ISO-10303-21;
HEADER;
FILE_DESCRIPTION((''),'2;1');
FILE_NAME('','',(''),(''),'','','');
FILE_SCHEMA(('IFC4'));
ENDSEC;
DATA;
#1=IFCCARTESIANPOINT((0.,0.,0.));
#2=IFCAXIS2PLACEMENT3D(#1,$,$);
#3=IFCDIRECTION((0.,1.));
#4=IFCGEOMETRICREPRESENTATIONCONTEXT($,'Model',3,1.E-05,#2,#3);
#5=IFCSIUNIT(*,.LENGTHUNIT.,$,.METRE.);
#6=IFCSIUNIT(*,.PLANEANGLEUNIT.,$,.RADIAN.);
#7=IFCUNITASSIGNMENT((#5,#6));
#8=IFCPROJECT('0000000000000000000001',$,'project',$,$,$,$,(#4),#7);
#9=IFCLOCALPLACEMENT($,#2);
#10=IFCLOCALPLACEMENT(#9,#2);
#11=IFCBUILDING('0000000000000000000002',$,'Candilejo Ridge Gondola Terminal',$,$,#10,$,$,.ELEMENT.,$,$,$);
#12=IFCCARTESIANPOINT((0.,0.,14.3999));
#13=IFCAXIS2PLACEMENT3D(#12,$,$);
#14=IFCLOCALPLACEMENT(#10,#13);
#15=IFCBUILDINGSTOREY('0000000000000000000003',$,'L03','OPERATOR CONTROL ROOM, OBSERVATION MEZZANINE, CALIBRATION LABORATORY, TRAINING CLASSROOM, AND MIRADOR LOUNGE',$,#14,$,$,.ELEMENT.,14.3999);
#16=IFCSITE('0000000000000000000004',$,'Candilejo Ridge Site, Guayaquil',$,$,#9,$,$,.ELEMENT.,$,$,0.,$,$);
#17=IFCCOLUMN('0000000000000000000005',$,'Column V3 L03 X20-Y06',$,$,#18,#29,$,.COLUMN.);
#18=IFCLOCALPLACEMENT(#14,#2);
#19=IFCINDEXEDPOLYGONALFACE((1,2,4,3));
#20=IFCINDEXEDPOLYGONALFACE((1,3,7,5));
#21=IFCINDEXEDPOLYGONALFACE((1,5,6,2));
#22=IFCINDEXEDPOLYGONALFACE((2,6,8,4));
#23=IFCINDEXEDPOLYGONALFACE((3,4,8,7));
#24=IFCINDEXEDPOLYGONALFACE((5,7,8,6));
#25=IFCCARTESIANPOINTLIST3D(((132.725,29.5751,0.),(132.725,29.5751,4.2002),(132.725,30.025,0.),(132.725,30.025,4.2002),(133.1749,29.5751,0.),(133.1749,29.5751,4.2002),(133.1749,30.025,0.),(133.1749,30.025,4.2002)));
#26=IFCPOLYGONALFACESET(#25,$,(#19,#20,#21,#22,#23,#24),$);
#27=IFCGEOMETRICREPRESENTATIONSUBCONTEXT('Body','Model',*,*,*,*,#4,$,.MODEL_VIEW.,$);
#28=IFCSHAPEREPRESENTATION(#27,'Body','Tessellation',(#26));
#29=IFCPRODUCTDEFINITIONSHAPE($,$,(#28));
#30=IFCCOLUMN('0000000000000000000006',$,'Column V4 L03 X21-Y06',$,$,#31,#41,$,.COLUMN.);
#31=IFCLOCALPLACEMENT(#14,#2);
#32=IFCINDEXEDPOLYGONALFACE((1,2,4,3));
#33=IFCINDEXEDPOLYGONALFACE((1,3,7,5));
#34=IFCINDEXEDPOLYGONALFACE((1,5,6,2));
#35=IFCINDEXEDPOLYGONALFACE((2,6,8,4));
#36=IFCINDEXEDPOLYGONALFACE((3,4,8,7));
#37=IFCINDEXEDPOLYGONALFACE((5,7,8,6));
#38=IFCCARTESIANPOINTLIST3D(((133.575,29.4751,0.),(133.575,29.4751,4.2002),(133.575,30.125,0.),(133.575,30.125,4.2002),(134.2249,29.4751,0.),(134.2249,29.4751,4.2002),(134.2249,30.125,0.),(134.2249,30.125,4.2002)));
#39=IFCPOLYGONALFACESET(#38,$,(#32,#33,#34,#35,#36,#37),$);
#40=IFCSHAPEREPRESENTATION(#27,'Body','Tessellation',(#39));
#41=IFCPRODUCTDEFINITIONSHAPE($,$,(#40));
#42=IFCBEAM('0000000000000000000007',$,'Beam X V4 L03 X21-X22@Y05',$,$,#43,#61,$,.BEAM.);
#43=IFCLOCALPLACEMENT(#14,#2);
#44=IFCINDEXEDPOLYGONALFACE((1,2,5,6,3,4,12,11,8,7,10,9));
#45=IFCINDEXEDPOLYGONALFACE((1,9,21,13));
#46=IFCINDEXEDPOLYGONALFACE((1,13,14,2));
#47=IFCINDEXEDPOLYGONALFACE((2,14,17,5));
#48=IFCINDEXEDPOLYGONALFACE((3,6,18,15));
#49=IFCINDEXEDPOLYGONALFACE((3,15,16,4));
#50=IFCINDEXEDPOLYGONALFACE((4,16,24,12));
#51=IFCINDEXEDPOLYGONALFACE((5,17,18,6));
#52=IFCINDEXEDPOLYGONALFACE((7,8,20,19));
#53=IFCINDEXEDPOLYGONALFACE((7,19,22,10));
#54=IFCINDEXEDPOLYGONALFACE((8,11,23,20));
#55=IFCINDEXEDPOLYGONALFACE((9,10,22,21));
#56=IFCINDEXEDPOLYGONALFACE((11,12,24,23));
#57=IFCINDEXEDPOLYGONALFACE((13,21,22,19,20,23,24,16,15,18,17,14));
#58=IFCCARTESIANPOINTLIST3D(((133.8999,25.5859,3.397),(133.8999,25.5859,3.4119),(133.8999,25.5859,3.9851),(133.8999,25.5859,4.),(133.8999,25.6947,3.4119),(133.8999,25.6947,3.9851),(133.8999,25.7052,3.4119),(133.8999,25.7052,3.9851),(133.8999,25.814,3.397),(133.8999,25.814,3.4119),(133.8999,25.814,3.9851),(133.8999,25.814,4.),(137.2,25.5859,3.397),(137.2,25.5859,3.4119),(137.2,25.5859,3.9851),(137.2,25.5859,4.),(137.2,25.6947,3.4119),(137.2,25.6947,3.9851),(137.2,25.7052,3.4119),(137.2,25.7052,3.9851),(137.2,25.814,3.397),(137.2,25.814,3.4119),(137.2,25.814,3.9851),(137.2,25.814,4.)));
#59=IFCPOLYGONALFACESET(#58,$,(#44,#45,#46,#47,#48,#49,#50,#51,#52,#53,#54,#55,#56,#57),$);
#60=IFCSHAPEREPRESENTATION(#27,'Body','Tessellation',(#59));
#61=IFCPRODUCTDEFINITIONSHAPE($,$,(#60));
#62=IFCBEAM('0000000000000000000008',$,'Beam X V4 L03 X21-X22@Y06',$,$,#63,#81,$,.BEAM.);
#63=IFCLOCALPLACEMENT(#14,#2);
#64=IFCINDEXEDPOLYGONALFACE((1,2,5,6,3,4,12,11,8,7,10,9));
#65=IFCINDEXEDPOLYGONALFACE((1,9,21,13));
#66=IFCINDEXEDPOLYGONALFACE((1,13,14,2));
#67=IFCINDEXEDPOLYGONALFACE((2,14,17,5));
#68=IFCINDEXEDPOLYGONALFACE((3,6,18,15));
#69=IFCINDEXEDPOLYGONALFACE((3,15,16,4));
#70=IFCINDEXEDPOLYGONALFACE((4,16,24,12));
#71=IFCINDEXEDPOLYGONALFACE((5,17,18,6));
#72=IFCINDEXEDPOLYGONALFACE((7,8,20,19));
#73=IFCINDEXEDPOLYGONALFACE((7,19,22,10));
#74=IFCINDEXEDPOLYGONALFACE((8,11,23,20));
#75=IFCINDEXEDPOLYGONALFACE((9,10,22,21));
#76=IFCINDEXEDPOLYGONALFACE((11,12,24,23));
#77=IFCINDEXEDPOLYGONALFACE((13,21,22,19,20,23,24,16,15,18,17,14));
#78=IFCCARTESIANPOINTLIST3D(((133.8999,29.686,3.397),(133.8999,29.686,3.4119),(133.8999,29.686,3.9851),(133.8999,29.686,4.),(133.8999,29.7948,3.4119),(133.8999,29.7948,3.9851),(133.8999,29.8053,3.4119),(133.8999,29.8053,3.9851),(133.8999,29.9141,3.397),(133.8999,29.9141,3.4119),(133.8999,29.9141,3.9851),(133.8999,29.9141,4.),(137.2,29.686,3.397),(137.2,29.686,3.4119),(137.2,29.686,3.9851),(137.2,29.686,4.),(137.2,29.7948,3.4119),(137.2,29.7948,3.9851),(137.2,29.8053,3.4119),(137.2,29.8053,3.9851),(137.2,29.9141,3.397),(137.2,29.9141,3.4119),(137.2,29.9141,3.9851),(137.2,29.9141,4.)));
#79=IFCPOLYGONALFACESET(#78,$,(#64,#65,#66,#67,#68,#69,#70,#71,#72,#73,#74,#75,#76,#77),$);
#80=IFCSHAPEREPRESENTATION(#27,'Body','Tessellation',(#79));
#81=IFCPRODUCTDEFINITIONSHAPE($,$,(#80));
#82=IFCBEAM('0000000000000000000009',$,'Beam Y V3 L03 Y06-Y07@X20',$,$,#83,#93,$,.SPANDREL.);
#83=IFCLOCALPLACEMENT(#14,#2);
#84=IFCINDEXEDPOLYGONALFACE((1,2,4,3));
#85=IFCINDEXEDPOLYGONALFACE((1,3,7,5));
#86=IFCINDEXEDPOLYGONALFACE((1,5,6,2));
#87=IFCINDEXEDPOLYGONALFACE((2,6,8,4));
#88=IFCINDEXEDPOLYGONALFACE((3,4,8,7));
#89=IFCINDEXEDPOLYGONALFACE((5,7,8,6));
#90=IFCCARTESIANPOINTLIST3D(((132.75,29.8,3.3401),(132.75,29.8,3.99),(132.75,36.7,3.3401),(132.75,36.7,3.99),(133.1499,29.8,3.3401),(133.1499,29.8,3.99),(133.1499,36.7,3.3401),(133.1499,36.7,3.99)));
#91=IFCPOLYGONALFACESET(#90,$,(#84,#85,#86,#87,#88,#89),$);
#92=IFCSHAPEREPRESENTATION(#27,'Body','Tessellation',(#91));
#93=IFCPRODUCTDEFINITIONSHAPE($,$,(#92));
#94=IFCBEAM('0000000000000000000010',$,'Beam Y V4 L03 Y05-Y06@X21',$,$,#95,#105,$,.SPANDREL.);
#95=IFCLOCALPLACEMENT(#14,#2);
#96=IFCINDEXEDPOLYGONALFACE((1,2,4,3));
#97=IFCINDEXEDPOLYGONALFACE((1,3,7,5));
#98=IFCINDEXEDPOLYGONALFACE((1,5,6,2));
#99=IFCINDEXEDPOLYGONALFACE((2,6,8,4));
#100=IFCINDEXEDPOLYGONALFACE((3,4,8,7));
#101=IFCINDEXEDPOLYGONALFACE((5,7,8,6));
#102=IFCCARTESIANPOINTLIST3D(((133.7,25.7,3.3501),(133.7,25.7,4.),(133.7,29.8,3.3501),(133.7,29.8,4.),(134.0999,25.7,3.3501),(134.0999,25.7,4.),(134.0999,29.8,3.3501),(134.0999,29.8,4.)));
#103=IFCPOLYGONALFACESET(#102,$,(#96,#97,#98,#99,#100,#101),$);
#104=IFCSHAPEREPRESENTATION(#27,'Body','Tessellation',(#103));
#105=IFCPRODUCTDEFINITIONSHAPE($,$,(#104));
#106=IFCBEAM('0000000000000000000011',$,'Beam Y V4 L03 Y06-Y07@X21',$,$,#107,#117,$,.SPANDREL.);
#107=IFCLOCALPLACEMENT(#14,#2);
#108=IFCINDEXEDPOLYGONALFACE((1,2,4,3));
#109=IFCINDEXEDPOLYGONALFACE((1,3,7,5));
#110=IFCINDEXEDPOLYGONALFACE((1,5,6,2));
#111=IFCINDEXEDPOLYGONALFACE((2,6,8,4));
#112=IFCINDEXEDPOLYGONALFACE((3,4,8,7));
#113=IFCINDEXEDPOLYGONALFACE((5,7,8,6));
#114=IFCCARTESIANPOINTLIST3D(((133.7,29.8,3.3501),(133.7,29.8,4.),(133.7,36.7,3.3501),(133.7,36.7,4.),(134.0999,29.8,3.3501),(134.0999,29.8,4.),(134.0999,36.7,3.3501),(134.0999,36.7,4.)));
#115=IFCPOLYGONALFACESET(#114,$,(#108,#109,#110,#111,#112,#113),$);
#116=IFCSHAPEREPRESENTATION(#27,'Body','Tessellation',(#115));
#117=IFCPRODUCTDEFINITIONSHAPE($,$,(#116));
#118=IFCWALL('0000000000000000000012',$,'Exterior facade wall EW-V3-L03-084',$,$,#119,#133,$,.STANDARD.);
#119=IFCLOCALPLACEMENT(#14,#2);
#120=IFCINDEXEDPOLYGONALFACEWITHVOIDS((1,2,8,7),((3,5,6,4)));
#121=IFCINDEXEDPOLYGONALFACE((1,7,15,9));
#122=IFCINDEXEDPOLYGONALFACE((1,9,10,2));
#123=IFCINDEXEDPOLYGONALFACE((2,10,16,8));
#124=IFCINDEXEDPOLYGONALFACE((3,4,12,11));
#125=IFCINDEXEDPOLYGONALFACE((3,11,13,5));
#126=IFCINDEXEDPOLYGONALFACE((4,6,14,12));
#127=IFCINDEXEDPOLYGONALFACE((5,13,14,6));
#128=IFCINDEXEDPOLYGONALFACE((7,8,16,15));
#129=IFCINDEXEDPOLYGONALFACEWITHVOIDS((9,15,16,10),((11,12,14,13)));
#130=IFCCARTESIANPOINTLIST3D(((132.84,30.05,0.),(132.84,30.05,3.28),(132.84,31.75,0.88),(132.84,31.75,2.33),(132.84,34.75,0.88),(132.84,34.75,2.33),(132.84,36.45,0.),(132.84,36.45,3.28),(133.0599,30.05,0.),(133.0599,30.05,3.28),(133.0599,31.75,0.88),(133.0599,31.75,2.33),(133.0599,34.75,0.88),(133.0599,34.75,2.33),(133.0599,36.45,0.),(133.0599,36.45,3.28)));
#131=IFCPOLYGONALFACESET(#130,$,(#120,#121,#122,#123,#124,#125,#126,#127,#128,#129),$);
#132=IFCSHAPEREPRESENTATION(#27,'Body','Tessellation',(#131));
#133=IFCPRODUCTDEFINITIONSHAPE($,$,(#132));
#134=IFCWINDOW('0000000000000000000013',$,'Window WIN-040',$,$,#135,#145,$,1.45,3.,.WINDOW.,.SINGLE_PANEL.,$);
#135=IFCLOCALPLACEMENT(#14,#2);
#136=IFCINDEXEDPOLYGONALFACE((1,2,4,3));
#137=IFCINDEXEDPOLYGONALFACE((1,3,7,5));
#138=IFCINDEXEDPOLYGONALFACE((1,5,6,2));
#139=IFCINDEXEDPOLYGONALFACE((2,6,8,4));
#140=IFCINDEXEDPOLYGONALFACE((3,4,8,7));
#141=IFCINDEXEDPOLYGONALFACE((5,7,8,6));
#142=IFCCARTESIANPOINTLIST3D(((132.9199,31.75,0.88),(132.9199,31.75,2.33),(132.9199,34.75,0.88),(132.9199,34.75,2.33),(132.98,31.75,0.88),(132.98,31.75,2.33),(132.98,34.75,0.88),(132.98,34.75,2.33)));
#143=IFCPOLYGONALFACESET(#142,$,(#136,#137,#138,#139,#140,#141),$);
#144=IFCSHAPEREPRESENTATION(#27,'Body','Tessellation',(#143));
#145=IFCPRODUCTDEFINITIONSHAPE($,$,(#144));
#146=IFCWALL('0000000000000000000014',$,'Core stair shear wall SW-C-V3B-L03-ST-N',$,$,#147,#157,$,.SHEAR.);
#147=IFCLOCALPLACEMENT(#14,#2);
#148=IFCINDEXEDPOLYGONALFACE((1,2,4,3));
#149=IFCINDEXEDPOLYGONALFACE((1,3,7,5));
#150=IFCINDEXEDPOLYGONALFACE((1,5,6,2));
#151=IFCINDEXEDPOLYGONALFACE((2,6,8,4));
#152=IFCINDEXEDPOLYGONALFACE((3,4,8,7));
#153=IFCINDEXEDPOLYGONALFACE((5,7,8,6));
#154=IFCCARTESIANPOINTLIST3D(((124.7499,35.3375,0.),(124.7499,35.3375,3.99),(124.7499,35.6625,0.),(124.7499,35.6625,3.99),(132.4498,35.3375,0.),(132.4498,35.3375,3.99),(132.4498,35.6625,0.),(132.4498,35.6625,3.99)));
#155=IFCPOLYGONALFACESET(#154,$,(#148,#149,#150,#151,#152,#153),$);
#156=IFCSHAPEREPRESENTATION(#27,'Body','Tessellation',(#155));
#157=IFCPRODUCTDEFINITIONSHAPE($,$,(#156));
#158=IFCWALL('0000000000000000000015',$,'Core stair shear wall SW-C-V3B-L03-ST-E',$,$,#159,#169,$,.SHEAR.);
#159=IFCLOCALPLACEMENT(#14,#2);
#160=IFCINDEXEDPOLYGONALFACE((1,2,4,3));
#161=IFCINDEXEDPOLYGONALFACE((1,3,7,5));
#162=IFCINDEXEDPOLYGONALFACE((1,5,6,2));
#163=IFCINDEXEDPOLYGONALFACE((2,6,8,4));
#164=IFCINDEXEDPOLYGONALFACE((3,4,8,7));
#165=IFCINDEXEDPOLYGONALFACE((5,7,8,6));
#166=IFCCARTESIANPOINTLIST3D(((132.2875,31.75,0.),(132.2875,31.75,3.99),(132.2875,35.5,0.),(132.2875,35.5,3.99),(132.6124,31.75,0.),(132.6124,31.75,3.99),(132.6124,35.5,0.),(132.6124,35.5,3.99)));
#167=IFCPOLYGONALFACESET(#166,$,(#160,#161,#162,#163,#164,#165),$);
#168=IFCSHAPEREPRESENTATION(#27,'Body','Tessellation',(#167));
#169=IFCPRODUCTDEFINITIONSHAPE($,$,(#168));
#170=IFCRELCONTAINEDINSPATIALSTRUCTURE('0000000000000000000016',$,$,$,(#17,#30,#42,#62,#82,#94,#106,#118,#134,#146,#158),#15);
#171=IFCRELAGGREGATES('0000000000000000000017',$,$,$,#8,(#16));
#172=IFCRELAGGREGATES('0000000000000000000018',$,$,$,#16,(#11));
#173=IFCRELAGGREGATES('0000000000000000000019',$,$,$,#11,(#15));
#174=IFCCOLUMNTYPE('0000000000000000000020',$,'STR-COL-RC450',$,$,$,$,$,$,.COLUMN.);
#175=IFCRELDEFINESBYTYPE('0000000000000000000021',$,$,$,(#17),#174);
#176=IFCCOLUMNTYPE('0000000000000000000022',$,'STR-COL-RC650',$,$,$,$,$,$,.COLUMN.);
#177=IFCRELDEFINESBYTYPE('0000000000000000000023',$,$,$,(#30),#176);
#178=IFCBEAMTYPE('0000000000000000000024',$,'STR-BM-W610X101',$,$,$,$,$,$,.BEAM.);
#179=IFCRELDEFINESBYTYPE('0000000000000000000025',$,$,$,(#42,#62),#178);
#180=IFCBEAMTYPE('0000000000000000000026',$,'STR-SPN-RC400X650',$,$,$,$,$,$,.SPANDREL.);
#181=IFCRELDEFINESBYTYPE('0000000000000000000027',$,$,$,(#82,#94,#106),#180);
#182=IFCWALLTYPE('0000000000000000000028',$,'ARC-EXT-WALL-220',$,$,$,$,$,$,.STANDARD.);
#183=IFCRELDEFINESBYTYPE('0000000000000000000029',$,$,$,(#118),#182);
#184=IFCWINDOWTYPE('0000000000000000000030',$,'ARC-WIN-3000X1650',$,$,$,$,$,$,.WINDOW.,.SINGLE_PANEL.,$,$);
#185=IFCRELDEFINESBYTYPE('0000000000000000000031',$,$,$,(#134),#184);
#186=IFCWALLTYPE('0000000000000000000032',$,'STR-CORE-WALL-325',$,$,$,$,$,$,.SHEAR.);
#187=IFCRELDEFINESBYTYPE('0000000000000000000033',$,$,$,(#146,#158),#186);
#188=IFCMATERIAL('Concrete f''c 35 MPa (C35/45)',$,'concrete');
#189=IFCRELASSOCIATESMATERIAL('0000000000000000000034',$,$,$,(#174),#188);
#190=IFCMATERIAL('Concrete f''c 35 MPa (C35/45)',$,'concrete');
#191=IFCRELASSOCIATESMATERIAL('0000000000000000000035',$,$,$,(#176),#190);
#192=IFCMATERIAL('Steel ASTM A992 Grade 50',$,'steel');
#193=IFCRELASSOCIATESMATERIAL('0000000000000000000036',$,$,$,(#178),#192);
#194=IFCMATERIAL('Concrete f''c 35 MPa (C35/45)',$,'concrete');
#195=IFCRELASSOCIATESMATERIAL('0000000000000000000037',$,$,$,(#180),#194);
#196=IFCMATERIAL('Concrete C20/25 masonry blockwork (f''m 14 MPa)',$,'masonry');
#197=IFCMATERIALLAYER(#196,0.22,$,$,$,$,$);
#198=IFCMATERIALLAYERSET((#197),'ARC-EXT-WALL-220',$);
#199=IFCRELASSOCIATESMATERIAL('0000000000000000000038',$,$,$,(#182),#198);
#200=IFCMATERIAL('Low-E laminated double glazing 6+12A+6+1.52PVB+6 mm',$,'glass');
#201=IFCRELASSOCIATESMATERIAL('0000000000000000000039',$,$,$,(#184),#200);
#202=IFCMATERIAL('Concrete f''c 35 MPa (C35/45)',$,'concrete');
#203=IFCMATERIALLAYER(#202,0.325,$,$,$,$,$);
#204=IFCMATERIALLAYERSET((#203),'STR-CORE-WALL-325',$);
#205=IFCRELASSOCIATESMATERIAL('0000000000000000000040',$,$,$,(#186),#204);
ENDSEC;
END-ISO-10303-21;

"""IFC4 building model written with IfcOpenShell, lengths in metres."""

from ifc_helpers import new_model, si_unit, direction, frame, frame_2d, origin, origin_2d, place, context, subcontext, project, spatial, rectangle, i_section, extrude, material, layer, layer_set, material_profile, profile_set, type_object, element, fill, save


model = new_model("IFC4")

# Units and contexts
model_context = context("Model", 3, precision=1e-05, world=origin(), true_north=direction((0.0, 1.0)))
body_context = subcontext(model_context, "Body", "Model", "MODEL_VIEW")
ifc_project = project(units=[si_unit("LENGTHUNIT", "METRE"), si_unit("PLANEANGLEUNIT", "RADIAN")], contexts=[model_context])

# Site, building, storey
site_placement = place(None, origin())
site = spatial("IfcSite", under=ifc_project, at=site_placement, Name="Candilejo Ridge Site, Guayaquil", CompositionType="ELEMENT", RefElevation=0.0)
building_placement = place(site_placement, origin())
building = spatial("IfcBuilding", under=site, at=building_placement, Name="Candilejo Ridge Gondola Terminal", CompositionType="ELEMENT")
storey_placement = place(building_placement, frame((0.0, 0.0, 14.3999)))
storey = spatial("IfcBuildingStorey", under=building, at=storey_placement, Name="L03", Description="OPERATOR CONTROL ROOM, OBSERVATION MEZZANINE, CALIBRATION LABORATORY, TRAINING CLASSROOM, AND MIRADOR LOUNGE", CompositionType="ELEMENT", Elevation=14.3999)

# Columns
ifc_material_1 = material(Name="Concrete f'c 35 MPa (C35/45)", Category="concrete")
ifc_material_profile_1 = material_profile(ifc_material_1, rectangle(XDim=0.45, YDim=0.45, at=origin_2d()))
ifc_profile_set_1 = profile_set([ifc_material_profile_1], Name="Concrete f'c 35 MPa (C35/45)")
column_type_1 = type_object("IfcColumnType", Name="STR-COL-RC450", PredefinedType="COLUMN", material=ifc_profile_set_1)
column_1_placement = place(storey_placement, frame((132.95, 29.8, 0.0), z_axis=(0.0, 0.0, 1.0), x_axis=(1.0, 0.0, 0.0)))
element("IfcColumn", 1, at=column_1_placement, inside=storey, type_object=column_type_1, Name="Column V3 L03 X20-Y06", PredefinedType="COLUMN", context=body_context, shape_type="SweptSolid", body=[
    extrude(rectangle(XDim=0.45, YDim=0.45, at=origin_2d()), origin(), (0.0, 0.0, 1.0), 4.2002),
])
ifc_material_2 = material(Name="Concrete f'c 35 MPa (C35/45)", Category="concrete")
ifc_material_profile_2 = material_profile(ifc_material_2, rectangle(XDim=0.6499, YDim=0.6499, at=origin_2d()))
ifc_profile_set_2 = profile_set([ifc_material_profile_2], Name="Concrete f'c 35 MPa (C35/45)")
column_type_2 = type_object("IfcColumnType", Name="STR-COL-RC650", PredefinedType="COLUMN", material=ifc_profile_set_2)
column_2_placement = place(storey_placement, frame((133.8999, 29.8, 0.0), z_axis=(0.0, 0.0, 1.0), x_axis=(1.0, 0.0, 0.0)))
element("IfcColumn", 2, at=column_2_placement, inside=storey, type_object=column_type_2, Name="Column V4 L03 X21-Y06", PredefinedType="COLUMN", context=body_context, shape_type="SweptSolid", body=[
    extrude(rectangle(XDim=0.6499, YDim=0.6499, at=origin_2d()), origin(), (0.0, 0.0, 1.0), 4.2002),
])

# Beams
ifc_material_3 = material(Name="Steel ASTM A992 Grade 50", Category="steel")
ifc_material_profile_3 = material_profile(ifc_material_3, i_section(OverallWidth=0.228, OverallDepth=0.603, WebThickness=0.0105, FlangeThickness=0.0149, at=origin_2d()))
ifc_profile_set_3 = profile_set([ifc_material_profile_3], Name="Steel ASTM A992 Grade 50")
beam_type_1 = type_object("IfcBeamType", Name="STR-BM-W610X101", PredefinedType="BEAM", material=ifc_profile_set_3)
for number, where, z_axis, x_axis, name in (
    (3, (133.8999, 25.7, 3.6985), (1.0, 0.0, 0.0), (0.0, 1.0, 0.0), "Beam X V4 L03 X21-X22@Y05"),
    (4, (133.8999, 29.8, 3.6985), (1.0, 0.0, 0.0), (0.0, 1.0, 0.0), "Beam X V4 L03 X21-X22@Y06"),
):
    element("IfcBeam", number, at=place(storey_placement, frame(where, z_axis=z_axis, x_axis=x_axis)), inside=storey, type_object=beam_type_1, Name=name, PredefinedType="BEAM", context=body_context, shape_type="SweptSolid", body=[
        extrude(i_section(OverallWidth=0.228, OverallDepth=0.603, WebThickness=0.0105, FlangeThickness=0.0149, at=origin_2d()), origin(), (0.0, 0.0, 1.0), 3.3),
    ])
ifc_material_4 = material(Name="Concrete f'c 35 MPa (C35/45)", Category="concrete")
ifc_material_profile_4 = material_profile(ifc_material_4, rectangle(XDim=0.3999, YDim=0.6499, at=origin_2d()))
ifc_profile_set_4 = profile_set([ifc_material_profile_4], Name="Concrete f'c 35 MPa (C35/45)")
beam_type_2 = type_object("IfcBeamType", Name="STR-SPN-RC400X650", PredefinedType="SPANDREL", material=ifc_profile_set_4)
beam_1_placement = place(storey_placement, frame((132.95, 29.8, 3.665), z_axis=(0.0, 1.0, 0.0), x_axis=(-1.0, 0.0, 0.0)))
element("IfcBeam", 5, at=beam_1_placement, inside=storey, type_object=beam_type_2, Name="Beam Y V3 L03 Y06-Y07@X20", PredefinedType="SPANDREL", context=body_context, shape_type="SweptSolid", body=[
    extrude(rectangle(XDim=0.3999, YDim=0.6499, at=origin_2d()), origin(), (0.0, 0.0, 1.0), 6.8999),
])
beam_2_placement = place(storey_placement, frame((133.8999, 25.7, 3.675), z_axis=(0.0, 1.0, 0.0), x_axis=(-1.0, 0.0, 0.0)))
element("IfcBeam", 6, at=beam_2_placement, inside=storey, type_object=beam_type_2, Name="Beam Y V4 L03 Y05-Y06@X21", PredefinedType="SPANDREL", context=body_context, shape_type="SweptSolid", body=[
    extrude(rectangle(XDim=0.3999, YDim=0.6499, at=origin_2d()), origin(), (0.0, 0.0, 1.0), 4.1001),
])
beam_3_placement = place(storey_placement, frame((133.8999, 29.8, 3.675), z_axis=(0.0, 1.0, 0.0), x_axis=(-1.0, 0.0, 0.0)))
element("IfcBeam", 7, at=beam_3_placement, inside=storey, type_object=beam_type_2, Name="Beam Y V4 L03 Y06-Y07@X21", PredefinedType="SPANDREL", context=body_context, shape_type="SweptSolid", body=[
    extrude(rectangle(XDim=0.3999, YDim=0.6499, at=origin_2d()), origin(), (0.0, 0.0, 1.0), 6.8999),
])

# Wall, opening, window
ifc_material_5 = material(Name="Concrete C20/25 masonry blockwork (f'm 14 MPa)", Category="masonry")
ifc_layer_1 = layer(ifc_material_5, 0.22)
ifc_layer_set_1 = layer_set([ifc_layer_1], Name="ARC-EXT-WALL-220")
wall_type_1 = type_object("IfcWallType", Name="ARC-EXT-WALL-220", PredefinedType="STANDARD", material=ifc_layer_set_1)
wall_1_placement = place(storey_placement, frame((132.95, 36.45, 0.0), z_axis=(0.0, 0.0, 1.0), x_axis=(0.0, -1.0, 0.0)))
wall_1 = element("IfcWall", 8, at=wall_1_placement, inside=storey, type_object=wall_type_1, Name="Exterior facade wall EW-V3-L03-084", PredefinedType="STANDARD", context=body_context, shape_type="SweptSolid", body=[
    extrude(rectangle(XDim=6.3999, YDim=0.22, at=frame_2d((3.2, 0.0))), origin(), (0.0, 0.0, 1.0), 3.28),
])
opening_placement = place(wall_1_placement, frame((1.7, 0.0, 0.8799)))
opening = element("IfcOpeningElement", 9, at=opening_placement, cuts=wall_1, PredefinedType="OPENING", context=body_context, shape_type="SweptSolid", body=[
    extrude(rectangle(XDim=3.0, YDim=1.45, at=frame_2d((1.5, 0.7251))), frame((0.0, 0.1199, 0.0), z_axis=(0.0, -1.0, 0.0), x_axis=(1.0, 0.0, 0.0)), (0.0, 0.0, 1.0), 0.24),
])
ifc_material_6 = material(Name="Low-E laminated double glazing 6+12A+6+1.52PVB+6 mm", Category="glass")
window_type = type_object("IfcWindowType", Name="ARC-WIN-3000X1650", PartitioningType="SINGLE_PANEL", PredefinedType="WINDOW", material=ifc_material_6)
window_placement = place(opening_placement, origin())
window = element("IfcWindow", 10, at=window_placement, inside=storey, type_object=window_type, Name="Window WIN-040", OverallHeight=1.45, OverallWidth=3.0, PartitioningType="SINGLE_PANEL", PredefinedType="WINDOW", context=body_context, shape_type="SweptSolid", body=[
    extrude(rectangle(XDim=3.0, YDim=1.45, at=frame_2d((1.5, 0.7251))), frame((0.0, 0.03, 0.0), z_axis=(0.0, -1.0, 0.0), x_axis=(1.0, 0.0, 0.0)), (0.0, 0.0, 1.0), 0.0601),
])
fill(opening, window)

# Walls
ifc_material_7 = material(Name="Concrete f'c 35 MPa (C35/45)", Category="concrete")
ifc_layer_2 = layer(ifc_material_7, 0.325)
ifc_layer_set_2 = layer_set([ifc_layer_2], Name="STR-CORE-WALL-325")
wall_type_2 = type_object("IfcWallType", Name="STR-CORE-WALL-325", PredefinedType="SHEAR", material=ifc_layer_set_2)
wall_2_placement = place(storey_placement, frame((132.45, 35.5, 0.0), z_axis=(0.0, 0.0, 1.0), x_axis=(-1.0, 0.0, 0.0)))
element("IfcWall", 11, at=wall_2_placement, inside=storey, type_object=wall_type_2, Name="Core stair shear wall SW-C-V3B-L03-ST-N", PredefinedType="SHEAR", context=body_context, shape_type="SweptSolid", body=[
    extrude(rectangle(XDim=7.7, YDim=0.325, at=frame_2d((3.8501, 0.0))), origin(), (0.0, 0.0, 1.0), 3.99),
])
wall_3_placement = place(storey_placement, frame((132.45, 31.75, 0.0), z_axis=(0.0, 0.0, 1.0), x_axis=(0.0, 1.0, 0.0)))
element("IfcWall", 12, at=wall_3_placement, inside=storey, type_object=wall_type_2, Name="Core stair shear wall SW-C-V3B-L03-ST-E", PredefinedType="SHEAR", context=body_context, shape_type="SweptSolid", body=[
    extrude(rectangle(XDim=3.75, YDim=0.325, at=frame_2d((1.875, 0.0))), origin(), (0.0, 0.0, 1.0), 3.99),
])

save(model, "model.ifc")
